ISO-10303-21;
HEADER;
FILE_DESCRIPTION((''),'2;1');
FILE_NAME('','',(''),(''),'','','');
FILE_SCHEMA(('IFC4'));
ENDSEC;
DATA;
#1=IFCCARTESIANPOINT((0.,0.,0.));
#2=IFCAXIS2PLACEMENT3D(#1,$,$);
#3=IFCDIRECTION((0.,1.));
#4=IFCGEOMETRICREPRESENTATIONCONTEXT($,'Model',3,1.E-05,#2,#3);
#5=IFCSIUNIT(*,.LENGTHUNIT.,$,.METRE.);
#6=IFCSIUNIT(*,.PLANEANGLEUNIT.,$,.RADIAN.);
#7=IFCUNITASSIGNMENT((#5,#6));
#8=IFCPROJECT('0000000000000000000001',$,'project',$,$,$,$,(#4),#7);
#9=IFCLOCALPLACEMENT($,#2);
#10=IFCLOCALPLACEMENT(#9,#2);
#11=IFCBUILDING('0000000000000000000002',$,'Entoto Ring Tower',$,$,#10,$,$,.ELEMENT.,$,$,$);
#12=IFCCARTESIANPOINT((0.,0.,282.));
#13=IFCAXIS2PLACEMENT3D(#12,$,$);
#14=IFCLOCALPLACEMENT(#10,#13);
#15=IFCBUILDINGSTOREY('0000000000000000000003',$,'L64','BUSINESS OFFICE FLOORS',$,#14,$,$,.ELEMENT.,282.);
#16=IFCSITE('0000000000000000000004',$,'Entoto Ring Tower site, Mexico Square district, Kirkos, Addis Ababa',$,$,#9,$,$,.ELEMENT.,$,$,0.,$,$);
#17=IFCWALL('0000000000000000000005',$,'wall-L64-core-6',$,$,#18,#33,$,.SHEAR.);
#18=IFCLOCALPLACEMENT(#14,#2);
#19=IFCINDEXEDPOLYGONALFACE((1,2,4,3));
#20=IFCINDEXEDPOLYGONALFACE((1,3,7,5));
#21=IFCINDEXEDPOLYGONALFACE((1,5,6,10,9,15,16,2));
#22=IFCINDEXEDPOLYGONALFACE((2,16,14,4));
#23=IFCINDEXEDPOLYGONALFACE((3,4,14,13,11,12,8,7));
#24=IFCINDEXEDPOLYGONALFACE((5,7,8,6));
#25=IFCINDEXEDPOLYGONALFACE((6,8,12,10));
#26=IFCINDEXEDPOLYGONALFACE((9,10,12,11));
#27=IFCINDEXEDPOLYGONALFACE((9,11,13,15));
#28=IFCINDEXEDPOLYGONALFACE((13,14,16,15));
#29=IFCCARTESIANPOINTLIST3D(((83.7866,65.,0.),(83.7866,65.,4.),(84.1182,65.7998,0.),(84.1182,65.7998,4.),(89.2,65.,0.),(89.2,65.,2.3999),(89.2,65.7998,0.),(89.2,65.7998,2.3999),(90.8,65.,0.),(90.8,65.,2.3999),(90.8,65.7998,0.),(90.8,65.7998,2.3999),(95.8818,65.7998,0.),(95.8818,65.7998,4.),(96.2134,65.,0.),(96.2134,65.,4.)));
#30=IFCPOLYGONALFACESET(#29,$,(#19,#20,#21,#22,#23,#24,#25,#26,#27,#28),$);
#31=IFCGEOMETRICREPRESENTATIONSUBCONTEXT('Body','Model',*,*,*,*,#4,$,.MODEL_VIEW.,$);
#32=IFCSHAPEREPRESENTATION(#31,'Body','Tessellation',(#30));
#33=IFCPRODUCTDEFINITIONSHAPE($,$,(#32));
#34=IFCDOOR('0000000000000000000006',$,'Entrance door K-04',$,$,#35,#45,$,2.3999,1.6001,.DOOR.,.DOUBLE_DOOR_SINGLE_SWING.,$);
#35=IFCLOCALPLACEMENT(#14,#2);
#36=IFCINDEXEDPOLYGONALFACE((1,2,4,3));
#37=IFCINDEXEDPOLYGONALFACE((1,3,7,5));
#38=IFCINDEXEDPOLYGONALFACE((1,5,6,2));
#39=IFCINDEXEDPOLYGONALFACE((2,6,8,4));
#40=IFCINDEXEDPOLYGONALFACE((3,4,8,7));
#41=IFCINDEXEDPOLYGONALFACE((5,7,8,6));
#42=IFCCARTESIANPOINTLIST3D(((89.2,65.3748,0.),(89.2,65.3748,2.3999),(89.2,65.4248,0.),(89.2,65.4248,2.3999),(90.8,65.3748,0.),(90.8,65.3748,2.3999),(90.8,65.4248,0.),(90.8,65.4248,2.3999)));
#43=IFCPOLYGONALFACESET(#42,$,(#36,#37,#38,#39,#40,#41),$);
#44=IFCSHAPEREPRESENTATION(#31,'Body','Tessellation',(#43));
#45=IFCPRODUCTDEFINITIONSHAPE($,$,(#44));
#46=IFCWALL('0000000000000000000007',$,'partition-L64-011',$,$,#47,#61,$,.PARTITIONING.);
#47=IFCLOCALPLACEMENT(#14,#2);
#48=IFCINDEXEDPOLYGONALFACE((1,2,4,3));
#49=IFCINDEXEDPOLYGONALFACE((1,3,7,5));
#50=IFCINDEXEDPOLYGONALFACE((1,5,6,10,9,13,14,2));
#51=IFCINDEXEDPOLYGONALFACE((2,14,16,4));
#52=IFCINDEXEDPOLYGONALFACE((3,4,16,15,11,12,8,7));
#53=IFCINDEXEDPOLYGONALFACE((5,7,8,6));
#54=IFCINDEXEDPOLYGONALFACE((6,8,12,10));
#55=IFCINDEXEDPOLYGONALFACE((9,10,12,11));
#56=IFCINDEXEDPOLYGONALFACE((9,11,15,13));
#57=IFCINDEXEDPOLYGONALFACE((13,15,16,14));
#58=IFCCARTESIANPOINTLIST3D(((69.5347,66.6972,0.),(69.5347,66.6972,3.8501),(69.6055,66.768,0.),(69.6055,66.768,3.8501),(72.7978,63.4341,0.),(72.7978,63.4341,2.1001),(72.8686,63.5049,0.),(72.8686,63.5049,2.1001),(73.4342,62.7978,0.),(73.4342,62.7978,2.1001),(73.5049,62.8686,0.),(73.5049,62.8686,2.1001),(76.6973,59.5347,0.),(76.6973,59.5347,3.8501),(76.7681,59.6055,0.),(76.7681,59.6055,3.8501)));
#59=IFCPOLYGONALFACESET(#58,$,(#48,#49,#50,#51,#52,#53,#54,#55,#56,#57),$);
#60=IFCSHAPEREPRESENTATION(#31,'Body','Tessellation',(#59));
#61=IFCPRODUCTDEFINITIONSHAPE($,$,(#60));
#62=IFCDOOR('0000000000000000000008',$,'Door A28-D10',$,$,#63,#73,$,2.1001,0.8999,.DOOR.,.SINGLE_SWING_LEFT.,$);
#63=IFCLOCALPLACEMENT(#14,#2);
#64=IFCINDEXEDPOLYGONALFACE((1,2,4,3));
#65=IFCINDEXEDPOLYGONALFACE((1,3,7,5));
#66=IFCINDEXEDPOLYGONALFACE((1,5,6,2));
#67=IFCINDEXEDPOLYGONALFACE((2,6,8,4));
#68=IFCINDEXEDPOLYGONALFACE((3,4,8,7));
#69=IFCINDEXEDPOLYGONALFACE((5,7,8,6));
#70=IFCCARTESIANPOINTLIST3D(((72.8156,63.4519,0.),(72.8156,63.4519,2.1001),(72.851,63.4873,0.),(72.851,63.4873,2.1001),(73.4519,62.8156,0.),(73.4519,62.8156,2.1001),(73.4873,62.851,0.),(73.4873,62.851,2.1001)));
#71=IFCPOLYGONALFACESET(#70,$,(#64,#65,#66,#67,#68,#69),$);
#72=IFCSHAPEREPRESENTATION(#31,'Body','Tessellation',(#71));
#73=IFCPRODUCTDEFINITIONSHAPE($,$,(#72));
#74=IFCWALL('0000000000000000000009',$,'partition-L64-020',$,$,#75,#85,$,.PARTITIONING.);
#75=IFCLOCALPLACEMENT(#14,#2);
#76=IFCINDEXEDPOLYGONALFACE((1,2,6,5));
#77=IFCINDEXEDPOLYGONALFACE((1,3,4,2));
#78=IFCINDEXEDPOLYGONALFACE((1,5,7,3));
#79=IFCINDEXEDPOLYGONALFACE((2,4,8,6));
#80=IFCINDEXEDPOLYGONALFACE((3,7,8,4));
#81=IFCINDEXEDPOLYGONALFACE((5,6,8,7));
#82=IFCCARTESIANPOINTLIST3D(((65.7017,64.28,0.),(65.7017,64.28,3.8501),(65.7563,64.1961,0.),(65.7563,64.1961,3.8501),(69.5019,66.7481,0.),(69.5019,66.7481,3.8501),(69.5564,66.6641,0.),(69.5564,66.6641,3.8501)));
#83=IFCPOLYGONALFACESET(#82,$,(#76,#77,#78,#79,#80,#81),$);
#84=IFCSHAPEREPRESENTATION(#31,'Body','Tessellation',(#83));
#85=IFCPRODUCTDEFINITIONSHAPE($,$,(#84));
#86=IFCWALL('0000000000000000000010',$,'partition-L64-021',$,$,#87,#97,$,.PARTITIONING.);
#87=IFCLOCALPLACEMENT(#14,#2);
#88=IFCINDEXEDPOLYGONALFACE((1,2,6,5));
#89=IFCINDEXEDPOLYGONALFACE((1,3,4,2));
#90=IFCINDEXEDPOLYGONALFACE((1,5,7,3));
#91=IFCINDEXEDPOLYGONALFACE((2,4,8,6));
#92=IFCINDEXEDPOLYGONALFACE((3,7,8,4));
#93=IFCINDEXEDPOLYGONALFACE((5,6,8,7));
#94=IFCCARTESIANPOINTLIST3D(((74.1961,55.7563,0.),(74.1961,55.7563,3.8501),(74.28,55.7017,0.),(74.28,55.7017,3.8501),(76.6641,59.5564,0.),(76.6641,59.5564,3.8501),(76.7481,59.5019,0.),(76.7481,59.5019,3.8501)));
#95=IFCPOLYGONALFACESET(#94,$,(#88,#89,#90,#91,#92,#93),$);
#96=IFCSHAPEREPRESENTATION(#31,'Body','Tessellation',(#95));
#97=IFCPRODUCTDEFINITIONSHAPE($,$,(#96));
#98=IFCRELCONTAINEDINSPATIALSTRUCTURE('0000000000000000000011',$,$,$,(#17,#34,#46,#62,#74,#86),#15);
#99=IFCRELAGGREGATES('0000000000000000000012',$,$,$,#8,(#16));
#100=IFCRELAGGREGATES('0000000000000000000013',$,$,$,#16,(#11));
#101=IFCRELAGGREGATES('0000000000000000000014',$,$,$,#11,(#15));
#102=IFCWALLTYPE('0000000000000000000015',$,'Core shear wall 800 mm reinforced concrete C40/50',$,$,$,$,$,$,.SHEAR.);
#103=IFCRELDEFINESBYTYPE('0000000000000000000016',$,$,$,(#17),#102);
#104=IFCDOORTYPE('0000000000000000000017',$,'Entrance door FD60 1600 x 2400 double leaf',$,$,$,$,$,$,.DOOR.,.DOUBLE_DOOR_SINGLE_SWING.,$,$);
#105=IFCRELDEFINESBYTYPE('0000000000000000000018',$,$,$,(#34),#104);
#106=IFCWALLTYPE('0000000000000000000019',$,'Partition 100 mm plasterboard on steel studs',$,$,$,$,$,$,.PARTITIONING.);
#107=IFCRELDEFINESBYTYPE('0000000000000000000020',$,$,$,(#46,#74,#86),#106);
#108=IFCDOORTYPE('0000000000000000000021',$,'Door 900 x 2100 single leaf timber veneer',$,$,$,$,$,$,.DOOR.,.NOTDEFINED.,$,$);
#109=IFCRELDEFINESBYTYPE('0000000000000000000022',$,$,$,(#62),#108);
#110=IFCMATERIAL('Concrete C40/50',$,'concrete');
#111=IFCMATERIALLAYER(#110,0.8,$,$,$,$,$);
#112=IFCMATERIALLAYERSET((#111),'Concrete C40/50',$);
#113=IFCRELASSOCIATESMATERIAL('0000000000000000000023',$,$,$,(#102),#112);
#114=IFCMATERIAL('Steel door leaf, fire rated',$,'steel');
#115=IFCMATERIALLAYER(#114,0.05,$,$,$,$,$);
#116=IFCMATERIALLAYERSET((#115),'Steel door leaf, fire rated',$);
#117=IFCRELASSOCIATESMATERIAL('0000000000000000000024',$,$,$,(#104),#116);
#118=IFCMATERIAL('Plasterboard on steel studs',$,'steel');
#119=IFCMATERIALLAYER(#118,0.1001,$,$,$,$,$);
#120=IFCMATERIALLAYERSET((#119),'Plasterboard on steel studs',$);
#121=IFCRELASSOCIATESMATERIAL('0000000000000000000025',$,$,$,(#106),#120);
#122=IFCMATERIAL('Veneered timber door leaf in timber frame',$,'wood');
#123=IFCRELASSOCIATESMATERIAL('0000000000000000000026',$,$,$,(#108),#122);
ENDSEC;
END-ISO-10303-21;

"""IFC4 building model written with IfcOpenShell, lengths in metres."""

from ifc_helpers import new_model, si_unit, direction, frame, frame_2d, origin, place, context, subcontext, project, spatial, polyline, rectangle, outline, extrude, material, layer, layer_set, type_object, element, fill, save


model = new_model("IFC4")

# Units and contexts
model_context = context("Model", 3, precision=1e-05, world=origin(), true_north=direction((0.0, 1.0)))
body_context = subcontext(model_context, "Body", "Model", "MODEL_VIEW")
ifc_project = project(units=[si_unit("LENGTHUNIT", "METRE"), si_unit("PLANEANGLEUNIT", "RADIAN")], contexts=[model_context])

# Site, building, storey
site_placement = place(None, origin())
site = spatial("IfcSite", under=ifc_project, at=site_placement, Name="Entoto Ring Tower site, Mexico Square district, Kirkos, Addis Ababa", CompositionType="ELEMENT", RefElevation=0.0)
building_placement = place(site_placement, origin())
building = spatial("IfcBuilding", under=site, at=building_placement, Name="Entoto Ring Tower", CompositionType="ELEMENT")
storey_placement = place(building_placement, frame((0.0, 0.0, 282.0)))
storey = spatial("IfcBuildingStorey", under=building, at=storey_placement, Name="L64", Description="BUSINESS OFFICE FLOORS", CompositionType="ELEMENT", Elevation=282.0)

# Walls, openings, doors
ifc_material_1 = material(Name="Concrete C40/50", Category="concrete")
ifc_layer_1 = layer(ifc_material_1, 0.8)
ifc_layer_set_1 = layer_set([ifc_layer_1], Name="Concrete C40/50")
wall_type_1 = type_object("IfcWallType", Name="Core shear wall 800 mm reinforced concrete C40/50", PredefinedType="SHEAR", material=ifc_layer_set_1)
wall_1_placement = place(storey_placement, frame((83.9524, 65.3999, 0.0), z_axis=(0.0, 0.0, 1.0), x_axis=(1.0, 0.0, 0.0)))
wall_1 = element("IfcWall", 1, at=wall_1_placement, inside=storey, type_object=wall_type_1, Name="wall-L64-core-6", PredefinedType="SHEAR", context=body_context, shape_type="SweptSolid", body=[
    extrude(outline(polyline([(-0.1658, -0.3999), (12.261, -0.3999), (11.9294, 0.3999), (0.1658, 0.3999), (-0.1658, -0.3999)])), origin(), (0.0, 0.0, 1.0), 4.0),
])
opening_1_placement = place(wall_1_placement, frame((5.2476, 0.0, 0.0)))
opening_1 = element("IfcOpeningElement", 2, at=opening_1_placement, cuts=wall_1, PredefinedType="OPENING", context=body_context, shape_type="SweptSolid", body=[
    extrude(rectangle(XDim=1.6001, YDim=2.3999, at=frame_2d((0.8, 1.2))), frame((0.0, 0.4102, 0.0), z_axis=(0.0, -1.0, 0.0), x_axis=(1.0, 0.0, 0.0)), (0.0, 0.0, 1.0), 0.8201),
])
ifc_material_2 = material(Name="Steel door leaf, fire rated", Category="steel")
ifc_layer_2 = layer(ifc_material_2, 0.05)
ifc_layer_set_2 = layer_set([ifc_layer_2], Name="Steel door leaf, fire rated")
door_type_1 = type_object("IfcDoorType", Name="Entrance door FD60 1600 x 2400 double leaf", OperationType="DOUBLE_DOOR_SINGLE_SWING", PredefinedType="DOOR", material=ifc_layer_set_2)
door_1_placement = place(opening_1_placement, origin())
door_1 = element("IfcDoor", 3, at=door_1_placement, inside=storey, type_object=door_type_1, Name="Entrance door K-04", OperationType="DOUBLE_DOOR_SINGLE_SWING", OverallHeight=2.3999, OverallWidth=1.6001, PredefinedType="DOOR", context=body_context, shape_type="SweptSolid", body=[
    extrude(rectangle(XDim=1.6001, YDim=2.3999, at=frame_2d((0.8, 1.2))), frame((0.0, 0.0249, 0.0), z_axis=(0.0, -1.0, 0.0), x_axis=(1.0, 0.0, 0.0)), (0.0, 0.0, 1.0), 0.05),
])
fill(opening_1, door_1)
ifc_material_3 = material(Name="Plasterboard on steel studs", Category="steel")
ifc_layer_3 = layer(ifc_material_3, 0.1001)
ifc_layer_set_3 = layer_set([ifc_layer_3], Name="Plasterboard on steel studs")
wall_type_2 = type_object("IfcWallType", Name="Partition 100 mm plasterboard on steel studs", PredefinedType="PARTITIONING", material=ifc_layer_set_3)
wall_2_placement = place(storey_placement, frame((76.7327, 59.5701, 0.0), z_axis=(0.0, 0.0, 1.0), x_axis=(-0.707107, 0.707107, 0.0)))
wall_2 = element("IfcWall", 4, at=wall_2_placement, inside=storey, type_object=wall_type_2, Name="partition-L64-011", PredefinedType="PARTITIONING", context=body_context, shape_type="SweptSolid", body=[
    extrude(rectangle(XDim=10.1294, YDim=0.1001, at=frame_2d((5.0647, 0.0))), origin(), (0.0, 0.0, 1.0), 3.8501),
])
opening_2_placement = place(wall_2_placement, frame((4.6147, 0.0, 0.0)))
opening_2 = element("IfcOpeningElement", 5, at=opening_2_placement, cuts=wall_2, PredefinedType="OPENING", context=body_context, shape_type="SweptSolid", body=[
    extrude(rectangle(XDim=0.8999, YDim=2.1001, at=frame_2d((0.45, 1.05))), frame((0.0, 0.0601, 0.0), z_axis=(0.0, -1.0, 0.0), x_axis=(1.0, 0.0, 0.0)), (0.0, 0.0, 1.0), 0.1201),
])
ifc_material_4 = material(Name="Veneered timber door leaf in timber frame", Category="wood")
door_type_2 = type_object("IfcDoorType", Name="Door 900 x 2100 single leaf timber veneer", OperationType="NOTDEFINED", PredefinedType="DOOR", material=ifc_material_4)
door_2_placement = place(opening_2_placement, origin())
door_2 = element("IfcDoor", 6, at=door_2_placement, inside=storey, type_object=door_type_2, Name="Door A28-D10", OperationType="SINGLE_SWING_LEFT", OverallHeight=2.1001, OverallWidth=0.8999, PredefinedType="DOOR", context=body_context, shape_type="SweptSolid", body=[
    extrude(rectangle(XDim=0.8999, YDim=2.1001, at=frame_2d((0.45, 1.05))), frame((0.0, 0.0249, 0.0), z_axis=(0.0, -1.0, 0.0), x_axis=(1.0, 0.0, 0.0)), (0.0, 0.0, 1.0), 0.05),
])
fill(opening_2, door_2)

# Walls
for number, where, z_axis, x_axis, name in (
    (7, (65.729, 64.238, 0.0), (0.0, 0.0, 1.0), (0.838647, 0.544676, 0.0), "partition-L64-020"),
    (8, (74.238, 55.729, 0.0), (0.0, 0.0, 1.0), (0.544676, 0.838647, 0.0), "partition-L64-021"),
):
    element("IfcWall", number, at=place(storey_placement, frame(where, z_axis=z_axis, x_axis=x_axis)), inside=storey, type_object=wall_type_2, Name=name, PredefinedType="PARTITIONING", context=body_context, shape_type="SweptSolid", body=[
        extrude(rectangle(XDim=4.5312, YDim=0.1001, at=frame_2d((2.2656, 0.0))), origin(), (0.0, 0.0, 1.0), 3.8501),
    ])

save(model, "model.ifc")
